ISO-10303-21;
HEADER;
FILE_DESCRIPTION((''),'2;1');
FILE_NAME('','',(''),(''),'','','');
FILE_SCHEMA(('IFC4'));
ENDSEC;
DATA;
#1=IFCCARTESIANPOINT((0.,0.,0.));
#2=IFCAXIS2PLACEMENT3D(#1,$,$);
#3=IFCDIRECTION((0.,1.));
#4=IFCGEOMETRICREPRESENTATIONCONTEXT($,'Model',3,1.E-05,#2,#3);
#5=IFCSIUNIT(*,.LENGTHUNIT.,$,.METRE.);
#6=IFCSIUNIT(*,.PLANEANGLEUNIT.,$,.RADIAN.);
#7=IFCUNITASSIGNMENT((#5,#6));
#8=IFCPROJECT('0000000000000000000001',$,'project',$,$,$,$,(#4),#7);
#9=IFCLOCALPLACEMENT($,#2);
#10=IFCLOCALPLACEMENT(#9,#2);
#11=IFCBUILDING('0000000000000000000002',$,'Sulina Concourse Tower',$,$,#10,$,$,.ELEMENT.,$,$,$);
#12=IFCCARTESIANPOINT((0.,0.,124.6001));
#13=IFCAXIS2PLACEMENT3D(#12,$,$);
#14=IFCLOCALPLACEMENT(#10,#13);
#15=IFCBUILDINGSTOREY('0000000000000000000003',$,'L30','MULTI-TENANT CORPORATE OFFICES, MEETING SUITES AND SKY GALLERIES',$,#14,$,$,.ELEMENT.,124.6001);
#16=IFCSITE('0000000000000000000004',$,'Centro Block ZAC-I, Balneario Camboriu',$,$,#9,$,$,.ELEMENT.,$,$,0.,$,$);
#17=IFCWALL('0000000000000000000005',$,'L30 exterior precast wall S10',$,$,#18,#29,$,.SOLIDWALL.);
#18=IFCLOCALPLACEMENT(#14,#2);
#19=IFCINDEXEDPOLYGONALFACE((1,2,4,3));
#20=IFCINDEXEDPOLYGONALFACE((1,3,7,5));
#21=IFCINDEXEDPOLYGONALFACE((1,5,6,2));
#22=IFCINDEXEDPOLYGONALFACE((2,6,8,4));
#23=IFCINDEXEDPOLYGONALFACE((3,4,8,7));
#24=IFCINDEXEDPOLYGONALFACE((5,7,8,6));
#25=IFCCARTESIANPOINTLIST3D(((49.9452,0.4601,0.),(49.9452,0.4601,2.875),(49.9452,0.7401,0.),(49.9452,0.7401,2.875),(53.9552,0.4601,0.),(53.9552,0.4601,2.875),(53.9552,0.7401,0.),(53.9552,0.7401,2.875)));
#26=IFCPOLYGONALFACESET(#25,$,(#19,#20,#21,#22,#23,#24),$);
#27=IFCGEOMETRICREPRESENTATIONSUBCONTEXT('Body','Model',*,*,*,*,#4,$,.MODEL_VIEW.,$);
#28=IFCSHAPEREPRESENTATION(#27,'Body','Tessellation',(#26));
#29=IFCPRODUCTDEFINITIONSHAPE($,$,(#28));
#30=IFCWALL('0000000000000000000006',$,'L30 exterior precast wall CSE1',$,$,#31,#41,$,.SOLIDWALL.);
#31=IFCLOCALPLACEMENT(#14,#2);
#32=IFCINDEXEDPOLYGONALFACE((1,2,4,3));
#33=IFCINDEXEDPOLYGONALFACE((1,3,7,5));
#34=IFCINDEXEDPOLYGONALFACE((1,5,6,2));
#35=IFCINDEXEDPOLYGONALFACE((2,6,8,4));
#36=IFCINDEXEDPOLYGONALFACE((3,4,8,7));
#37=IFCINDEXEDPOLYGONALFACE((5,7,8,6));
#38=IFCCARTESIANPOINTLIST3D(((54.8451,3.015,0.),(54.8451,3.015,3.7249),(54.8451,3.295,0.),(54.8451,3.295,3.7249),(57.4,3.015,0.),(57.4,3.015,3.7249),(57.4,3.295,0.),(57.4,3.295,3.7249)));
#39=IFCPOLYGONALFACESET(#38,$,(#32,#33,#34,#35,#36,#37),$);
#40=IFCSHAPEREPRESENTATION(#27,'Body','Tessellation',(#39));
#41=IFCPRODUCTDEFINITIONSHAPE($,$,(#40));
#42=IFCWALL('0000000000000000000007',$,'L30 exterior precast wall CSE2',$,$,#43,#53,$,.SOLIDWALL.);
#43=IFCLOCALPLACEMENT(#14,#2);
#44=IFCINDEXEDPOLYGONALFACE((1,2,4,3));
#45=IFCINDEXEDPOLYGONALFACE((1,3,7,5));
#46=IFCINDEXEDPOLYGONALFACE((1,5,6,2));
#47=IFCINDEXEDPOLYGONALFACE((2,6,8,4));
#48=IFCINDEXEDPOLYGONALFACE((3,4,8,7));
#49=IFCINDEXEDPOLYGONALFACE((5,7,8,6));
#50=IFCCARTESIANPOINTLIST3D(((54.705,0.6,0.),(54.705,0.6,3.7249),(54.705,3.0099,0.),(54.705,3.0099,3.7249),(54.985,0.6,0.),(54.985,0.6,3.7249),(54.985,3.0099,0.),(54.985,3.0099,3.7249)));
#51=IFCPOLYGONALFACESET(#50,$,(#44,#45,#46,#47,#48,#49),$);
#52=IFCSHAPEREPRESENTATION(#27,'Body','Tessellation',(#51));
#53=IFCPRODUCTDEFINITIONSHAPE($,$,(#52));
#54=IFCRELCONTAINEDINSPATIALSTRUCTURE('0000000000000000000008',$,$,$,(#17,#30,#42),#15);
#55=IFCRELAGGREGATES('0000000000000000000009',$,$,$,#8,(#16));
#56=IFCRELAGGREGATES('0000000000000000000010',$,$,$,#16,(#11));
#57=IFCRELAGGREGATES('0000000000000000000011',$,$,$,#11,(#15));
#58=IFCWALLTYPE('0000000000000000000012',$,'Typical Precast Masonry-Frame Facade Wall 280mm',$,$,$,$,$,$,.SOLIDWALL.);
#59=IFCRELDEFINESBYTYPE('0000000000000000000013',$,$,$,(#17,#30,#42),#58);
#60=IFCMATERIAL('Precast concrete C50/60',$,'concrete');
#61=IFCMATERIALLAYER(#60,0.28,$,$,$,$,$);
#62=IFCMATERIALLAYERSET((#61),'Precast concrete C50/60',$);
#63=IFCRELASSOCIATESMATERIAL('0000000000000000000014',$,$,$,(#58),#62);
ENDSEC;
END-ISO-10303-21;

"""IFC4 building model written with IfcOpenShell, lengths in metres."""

from ifc_helpers import new_model, si_unit, direction, frame, frame_2d, origin, place, context, subcontext, project, spatial, rectangle, extrude, material, layer, layer_set, type_object, element, save


model = new_model("IFC4")

# Units and contexts
model_context = context("Model", 3, precision=1e-05, world=origin(), true_north=direction((0.0, 1.0)))
body_context = subcontext(model_context, "Body", "Model", "MODEL_VIEW")
ifc_project = project(units=[si_unit("LENGTHUNIT", "METRE"), si_unit("PLANEANGLEUNIT", "RADIAN")], contexts=[model_context])

# Site, building, storey
site_placement = place(None, origin())
site = spatial("IfcSite", under=ifc_project, at=site_placement, Name="Centro Block ZAC-I, Balneario Camboriu", CompositionType="ELEMENT", RefElevation=0.0)
building_placement = place(site_placement, origin())
building = spatial("IfcBuilding", under=site, at=building_placement, Name="Sulina Concourse Tower", CompositionType="ELEMENT")
storey_placement = place(building_placement, frame((0.0, 0.0, 124.6001)))
storey = spatial("IfcBuildingStorey", under=building, at=storey_placement, Name="L30", Description="MULTI-TENANT CORPORATE OFFICES, MEETING SUITES AND SKY GALLERIES", CompositionType="ELEMENT", Elevation=124.6001)

# Walls
ifc_material_1 = material(Name="Precast concrete C50/60", Category="concrete")
ifc_layer_1 = layer(ifc_material_1, 0.28)
ifc_layer_set_1 = layer_set([ifc_layer_1], Name="Precast concrete C50/60")
wall_type_1 = type_object("IfcWallType", Name="Typical Precast Masonry-Frame Facade Wall 280mm", PredefinedType="SOLIDWALL", material=ifc_layer_set_1)
wall_1_placement = place(storey_placement, frame((53.9551, 0.6001, 0.0), z_axis=(0.0, 0.0, 1.0), x_axis=(-1.0, 0.0, 0.0)))
element("IfcWall", 1, at=wall_1_placement, inside=storey, type_object=wall_type_1, Name="L30 exterior precast wall S10", PredefinedType="SOLIDWALL", context=body_context, shape_type="SweptSolid", body=[
    extrude(rectangle(XDim=4.01, YDim=0.28, at=frame_2d((2.0049, 0.0))), origin(), (0.0, 0.0, 1.0), 2.875),
])
wall_2_placement = place(storey_placement, frame((57.3999, 3.155, 0.0), z_axis=(0.0, 0.0, 1.0), x_axis=(-1.0, 0.0, 0.0)))
element("IfcWall", 2, at=wall_2_placement, inside=storey, type_object=wall_type_1, Name="L30 exterior precast wall CSE1", PredefinedType="SOLIDWALL", context=body_context, shape_type="SweptSolid", body=[
    extrude(rectangle(XDim=2.5549, YDim=0.28, at=frame_2d((1.2773, 0.0))), origin(), (0.0, 0.0, 1.0), 3.7249),
])
wall_3_placement = place(storey_placement, frame((54.845, 3.01, 0.0), z_axis=(0.0, 0.0, 1.0), x_axis=(0.0, -1.0, 0.0)))
element("IfcWall", 3, at=wall_3_placement, inside=storey, type_object=wall_type_1, Name="L30 exterior precast wall CSE2", PredefinedType="SOLIDWALL", context=body_context, shape_type="SweptSolid", body=[
    extrude(rectangle(XDim=2.4099, YDim=0.28, at=frame_2d((1.2051, 0.0))), origin(), (0.0, 0.0, 1.0), 3.7249),
])

save(model, "model.ifc")
